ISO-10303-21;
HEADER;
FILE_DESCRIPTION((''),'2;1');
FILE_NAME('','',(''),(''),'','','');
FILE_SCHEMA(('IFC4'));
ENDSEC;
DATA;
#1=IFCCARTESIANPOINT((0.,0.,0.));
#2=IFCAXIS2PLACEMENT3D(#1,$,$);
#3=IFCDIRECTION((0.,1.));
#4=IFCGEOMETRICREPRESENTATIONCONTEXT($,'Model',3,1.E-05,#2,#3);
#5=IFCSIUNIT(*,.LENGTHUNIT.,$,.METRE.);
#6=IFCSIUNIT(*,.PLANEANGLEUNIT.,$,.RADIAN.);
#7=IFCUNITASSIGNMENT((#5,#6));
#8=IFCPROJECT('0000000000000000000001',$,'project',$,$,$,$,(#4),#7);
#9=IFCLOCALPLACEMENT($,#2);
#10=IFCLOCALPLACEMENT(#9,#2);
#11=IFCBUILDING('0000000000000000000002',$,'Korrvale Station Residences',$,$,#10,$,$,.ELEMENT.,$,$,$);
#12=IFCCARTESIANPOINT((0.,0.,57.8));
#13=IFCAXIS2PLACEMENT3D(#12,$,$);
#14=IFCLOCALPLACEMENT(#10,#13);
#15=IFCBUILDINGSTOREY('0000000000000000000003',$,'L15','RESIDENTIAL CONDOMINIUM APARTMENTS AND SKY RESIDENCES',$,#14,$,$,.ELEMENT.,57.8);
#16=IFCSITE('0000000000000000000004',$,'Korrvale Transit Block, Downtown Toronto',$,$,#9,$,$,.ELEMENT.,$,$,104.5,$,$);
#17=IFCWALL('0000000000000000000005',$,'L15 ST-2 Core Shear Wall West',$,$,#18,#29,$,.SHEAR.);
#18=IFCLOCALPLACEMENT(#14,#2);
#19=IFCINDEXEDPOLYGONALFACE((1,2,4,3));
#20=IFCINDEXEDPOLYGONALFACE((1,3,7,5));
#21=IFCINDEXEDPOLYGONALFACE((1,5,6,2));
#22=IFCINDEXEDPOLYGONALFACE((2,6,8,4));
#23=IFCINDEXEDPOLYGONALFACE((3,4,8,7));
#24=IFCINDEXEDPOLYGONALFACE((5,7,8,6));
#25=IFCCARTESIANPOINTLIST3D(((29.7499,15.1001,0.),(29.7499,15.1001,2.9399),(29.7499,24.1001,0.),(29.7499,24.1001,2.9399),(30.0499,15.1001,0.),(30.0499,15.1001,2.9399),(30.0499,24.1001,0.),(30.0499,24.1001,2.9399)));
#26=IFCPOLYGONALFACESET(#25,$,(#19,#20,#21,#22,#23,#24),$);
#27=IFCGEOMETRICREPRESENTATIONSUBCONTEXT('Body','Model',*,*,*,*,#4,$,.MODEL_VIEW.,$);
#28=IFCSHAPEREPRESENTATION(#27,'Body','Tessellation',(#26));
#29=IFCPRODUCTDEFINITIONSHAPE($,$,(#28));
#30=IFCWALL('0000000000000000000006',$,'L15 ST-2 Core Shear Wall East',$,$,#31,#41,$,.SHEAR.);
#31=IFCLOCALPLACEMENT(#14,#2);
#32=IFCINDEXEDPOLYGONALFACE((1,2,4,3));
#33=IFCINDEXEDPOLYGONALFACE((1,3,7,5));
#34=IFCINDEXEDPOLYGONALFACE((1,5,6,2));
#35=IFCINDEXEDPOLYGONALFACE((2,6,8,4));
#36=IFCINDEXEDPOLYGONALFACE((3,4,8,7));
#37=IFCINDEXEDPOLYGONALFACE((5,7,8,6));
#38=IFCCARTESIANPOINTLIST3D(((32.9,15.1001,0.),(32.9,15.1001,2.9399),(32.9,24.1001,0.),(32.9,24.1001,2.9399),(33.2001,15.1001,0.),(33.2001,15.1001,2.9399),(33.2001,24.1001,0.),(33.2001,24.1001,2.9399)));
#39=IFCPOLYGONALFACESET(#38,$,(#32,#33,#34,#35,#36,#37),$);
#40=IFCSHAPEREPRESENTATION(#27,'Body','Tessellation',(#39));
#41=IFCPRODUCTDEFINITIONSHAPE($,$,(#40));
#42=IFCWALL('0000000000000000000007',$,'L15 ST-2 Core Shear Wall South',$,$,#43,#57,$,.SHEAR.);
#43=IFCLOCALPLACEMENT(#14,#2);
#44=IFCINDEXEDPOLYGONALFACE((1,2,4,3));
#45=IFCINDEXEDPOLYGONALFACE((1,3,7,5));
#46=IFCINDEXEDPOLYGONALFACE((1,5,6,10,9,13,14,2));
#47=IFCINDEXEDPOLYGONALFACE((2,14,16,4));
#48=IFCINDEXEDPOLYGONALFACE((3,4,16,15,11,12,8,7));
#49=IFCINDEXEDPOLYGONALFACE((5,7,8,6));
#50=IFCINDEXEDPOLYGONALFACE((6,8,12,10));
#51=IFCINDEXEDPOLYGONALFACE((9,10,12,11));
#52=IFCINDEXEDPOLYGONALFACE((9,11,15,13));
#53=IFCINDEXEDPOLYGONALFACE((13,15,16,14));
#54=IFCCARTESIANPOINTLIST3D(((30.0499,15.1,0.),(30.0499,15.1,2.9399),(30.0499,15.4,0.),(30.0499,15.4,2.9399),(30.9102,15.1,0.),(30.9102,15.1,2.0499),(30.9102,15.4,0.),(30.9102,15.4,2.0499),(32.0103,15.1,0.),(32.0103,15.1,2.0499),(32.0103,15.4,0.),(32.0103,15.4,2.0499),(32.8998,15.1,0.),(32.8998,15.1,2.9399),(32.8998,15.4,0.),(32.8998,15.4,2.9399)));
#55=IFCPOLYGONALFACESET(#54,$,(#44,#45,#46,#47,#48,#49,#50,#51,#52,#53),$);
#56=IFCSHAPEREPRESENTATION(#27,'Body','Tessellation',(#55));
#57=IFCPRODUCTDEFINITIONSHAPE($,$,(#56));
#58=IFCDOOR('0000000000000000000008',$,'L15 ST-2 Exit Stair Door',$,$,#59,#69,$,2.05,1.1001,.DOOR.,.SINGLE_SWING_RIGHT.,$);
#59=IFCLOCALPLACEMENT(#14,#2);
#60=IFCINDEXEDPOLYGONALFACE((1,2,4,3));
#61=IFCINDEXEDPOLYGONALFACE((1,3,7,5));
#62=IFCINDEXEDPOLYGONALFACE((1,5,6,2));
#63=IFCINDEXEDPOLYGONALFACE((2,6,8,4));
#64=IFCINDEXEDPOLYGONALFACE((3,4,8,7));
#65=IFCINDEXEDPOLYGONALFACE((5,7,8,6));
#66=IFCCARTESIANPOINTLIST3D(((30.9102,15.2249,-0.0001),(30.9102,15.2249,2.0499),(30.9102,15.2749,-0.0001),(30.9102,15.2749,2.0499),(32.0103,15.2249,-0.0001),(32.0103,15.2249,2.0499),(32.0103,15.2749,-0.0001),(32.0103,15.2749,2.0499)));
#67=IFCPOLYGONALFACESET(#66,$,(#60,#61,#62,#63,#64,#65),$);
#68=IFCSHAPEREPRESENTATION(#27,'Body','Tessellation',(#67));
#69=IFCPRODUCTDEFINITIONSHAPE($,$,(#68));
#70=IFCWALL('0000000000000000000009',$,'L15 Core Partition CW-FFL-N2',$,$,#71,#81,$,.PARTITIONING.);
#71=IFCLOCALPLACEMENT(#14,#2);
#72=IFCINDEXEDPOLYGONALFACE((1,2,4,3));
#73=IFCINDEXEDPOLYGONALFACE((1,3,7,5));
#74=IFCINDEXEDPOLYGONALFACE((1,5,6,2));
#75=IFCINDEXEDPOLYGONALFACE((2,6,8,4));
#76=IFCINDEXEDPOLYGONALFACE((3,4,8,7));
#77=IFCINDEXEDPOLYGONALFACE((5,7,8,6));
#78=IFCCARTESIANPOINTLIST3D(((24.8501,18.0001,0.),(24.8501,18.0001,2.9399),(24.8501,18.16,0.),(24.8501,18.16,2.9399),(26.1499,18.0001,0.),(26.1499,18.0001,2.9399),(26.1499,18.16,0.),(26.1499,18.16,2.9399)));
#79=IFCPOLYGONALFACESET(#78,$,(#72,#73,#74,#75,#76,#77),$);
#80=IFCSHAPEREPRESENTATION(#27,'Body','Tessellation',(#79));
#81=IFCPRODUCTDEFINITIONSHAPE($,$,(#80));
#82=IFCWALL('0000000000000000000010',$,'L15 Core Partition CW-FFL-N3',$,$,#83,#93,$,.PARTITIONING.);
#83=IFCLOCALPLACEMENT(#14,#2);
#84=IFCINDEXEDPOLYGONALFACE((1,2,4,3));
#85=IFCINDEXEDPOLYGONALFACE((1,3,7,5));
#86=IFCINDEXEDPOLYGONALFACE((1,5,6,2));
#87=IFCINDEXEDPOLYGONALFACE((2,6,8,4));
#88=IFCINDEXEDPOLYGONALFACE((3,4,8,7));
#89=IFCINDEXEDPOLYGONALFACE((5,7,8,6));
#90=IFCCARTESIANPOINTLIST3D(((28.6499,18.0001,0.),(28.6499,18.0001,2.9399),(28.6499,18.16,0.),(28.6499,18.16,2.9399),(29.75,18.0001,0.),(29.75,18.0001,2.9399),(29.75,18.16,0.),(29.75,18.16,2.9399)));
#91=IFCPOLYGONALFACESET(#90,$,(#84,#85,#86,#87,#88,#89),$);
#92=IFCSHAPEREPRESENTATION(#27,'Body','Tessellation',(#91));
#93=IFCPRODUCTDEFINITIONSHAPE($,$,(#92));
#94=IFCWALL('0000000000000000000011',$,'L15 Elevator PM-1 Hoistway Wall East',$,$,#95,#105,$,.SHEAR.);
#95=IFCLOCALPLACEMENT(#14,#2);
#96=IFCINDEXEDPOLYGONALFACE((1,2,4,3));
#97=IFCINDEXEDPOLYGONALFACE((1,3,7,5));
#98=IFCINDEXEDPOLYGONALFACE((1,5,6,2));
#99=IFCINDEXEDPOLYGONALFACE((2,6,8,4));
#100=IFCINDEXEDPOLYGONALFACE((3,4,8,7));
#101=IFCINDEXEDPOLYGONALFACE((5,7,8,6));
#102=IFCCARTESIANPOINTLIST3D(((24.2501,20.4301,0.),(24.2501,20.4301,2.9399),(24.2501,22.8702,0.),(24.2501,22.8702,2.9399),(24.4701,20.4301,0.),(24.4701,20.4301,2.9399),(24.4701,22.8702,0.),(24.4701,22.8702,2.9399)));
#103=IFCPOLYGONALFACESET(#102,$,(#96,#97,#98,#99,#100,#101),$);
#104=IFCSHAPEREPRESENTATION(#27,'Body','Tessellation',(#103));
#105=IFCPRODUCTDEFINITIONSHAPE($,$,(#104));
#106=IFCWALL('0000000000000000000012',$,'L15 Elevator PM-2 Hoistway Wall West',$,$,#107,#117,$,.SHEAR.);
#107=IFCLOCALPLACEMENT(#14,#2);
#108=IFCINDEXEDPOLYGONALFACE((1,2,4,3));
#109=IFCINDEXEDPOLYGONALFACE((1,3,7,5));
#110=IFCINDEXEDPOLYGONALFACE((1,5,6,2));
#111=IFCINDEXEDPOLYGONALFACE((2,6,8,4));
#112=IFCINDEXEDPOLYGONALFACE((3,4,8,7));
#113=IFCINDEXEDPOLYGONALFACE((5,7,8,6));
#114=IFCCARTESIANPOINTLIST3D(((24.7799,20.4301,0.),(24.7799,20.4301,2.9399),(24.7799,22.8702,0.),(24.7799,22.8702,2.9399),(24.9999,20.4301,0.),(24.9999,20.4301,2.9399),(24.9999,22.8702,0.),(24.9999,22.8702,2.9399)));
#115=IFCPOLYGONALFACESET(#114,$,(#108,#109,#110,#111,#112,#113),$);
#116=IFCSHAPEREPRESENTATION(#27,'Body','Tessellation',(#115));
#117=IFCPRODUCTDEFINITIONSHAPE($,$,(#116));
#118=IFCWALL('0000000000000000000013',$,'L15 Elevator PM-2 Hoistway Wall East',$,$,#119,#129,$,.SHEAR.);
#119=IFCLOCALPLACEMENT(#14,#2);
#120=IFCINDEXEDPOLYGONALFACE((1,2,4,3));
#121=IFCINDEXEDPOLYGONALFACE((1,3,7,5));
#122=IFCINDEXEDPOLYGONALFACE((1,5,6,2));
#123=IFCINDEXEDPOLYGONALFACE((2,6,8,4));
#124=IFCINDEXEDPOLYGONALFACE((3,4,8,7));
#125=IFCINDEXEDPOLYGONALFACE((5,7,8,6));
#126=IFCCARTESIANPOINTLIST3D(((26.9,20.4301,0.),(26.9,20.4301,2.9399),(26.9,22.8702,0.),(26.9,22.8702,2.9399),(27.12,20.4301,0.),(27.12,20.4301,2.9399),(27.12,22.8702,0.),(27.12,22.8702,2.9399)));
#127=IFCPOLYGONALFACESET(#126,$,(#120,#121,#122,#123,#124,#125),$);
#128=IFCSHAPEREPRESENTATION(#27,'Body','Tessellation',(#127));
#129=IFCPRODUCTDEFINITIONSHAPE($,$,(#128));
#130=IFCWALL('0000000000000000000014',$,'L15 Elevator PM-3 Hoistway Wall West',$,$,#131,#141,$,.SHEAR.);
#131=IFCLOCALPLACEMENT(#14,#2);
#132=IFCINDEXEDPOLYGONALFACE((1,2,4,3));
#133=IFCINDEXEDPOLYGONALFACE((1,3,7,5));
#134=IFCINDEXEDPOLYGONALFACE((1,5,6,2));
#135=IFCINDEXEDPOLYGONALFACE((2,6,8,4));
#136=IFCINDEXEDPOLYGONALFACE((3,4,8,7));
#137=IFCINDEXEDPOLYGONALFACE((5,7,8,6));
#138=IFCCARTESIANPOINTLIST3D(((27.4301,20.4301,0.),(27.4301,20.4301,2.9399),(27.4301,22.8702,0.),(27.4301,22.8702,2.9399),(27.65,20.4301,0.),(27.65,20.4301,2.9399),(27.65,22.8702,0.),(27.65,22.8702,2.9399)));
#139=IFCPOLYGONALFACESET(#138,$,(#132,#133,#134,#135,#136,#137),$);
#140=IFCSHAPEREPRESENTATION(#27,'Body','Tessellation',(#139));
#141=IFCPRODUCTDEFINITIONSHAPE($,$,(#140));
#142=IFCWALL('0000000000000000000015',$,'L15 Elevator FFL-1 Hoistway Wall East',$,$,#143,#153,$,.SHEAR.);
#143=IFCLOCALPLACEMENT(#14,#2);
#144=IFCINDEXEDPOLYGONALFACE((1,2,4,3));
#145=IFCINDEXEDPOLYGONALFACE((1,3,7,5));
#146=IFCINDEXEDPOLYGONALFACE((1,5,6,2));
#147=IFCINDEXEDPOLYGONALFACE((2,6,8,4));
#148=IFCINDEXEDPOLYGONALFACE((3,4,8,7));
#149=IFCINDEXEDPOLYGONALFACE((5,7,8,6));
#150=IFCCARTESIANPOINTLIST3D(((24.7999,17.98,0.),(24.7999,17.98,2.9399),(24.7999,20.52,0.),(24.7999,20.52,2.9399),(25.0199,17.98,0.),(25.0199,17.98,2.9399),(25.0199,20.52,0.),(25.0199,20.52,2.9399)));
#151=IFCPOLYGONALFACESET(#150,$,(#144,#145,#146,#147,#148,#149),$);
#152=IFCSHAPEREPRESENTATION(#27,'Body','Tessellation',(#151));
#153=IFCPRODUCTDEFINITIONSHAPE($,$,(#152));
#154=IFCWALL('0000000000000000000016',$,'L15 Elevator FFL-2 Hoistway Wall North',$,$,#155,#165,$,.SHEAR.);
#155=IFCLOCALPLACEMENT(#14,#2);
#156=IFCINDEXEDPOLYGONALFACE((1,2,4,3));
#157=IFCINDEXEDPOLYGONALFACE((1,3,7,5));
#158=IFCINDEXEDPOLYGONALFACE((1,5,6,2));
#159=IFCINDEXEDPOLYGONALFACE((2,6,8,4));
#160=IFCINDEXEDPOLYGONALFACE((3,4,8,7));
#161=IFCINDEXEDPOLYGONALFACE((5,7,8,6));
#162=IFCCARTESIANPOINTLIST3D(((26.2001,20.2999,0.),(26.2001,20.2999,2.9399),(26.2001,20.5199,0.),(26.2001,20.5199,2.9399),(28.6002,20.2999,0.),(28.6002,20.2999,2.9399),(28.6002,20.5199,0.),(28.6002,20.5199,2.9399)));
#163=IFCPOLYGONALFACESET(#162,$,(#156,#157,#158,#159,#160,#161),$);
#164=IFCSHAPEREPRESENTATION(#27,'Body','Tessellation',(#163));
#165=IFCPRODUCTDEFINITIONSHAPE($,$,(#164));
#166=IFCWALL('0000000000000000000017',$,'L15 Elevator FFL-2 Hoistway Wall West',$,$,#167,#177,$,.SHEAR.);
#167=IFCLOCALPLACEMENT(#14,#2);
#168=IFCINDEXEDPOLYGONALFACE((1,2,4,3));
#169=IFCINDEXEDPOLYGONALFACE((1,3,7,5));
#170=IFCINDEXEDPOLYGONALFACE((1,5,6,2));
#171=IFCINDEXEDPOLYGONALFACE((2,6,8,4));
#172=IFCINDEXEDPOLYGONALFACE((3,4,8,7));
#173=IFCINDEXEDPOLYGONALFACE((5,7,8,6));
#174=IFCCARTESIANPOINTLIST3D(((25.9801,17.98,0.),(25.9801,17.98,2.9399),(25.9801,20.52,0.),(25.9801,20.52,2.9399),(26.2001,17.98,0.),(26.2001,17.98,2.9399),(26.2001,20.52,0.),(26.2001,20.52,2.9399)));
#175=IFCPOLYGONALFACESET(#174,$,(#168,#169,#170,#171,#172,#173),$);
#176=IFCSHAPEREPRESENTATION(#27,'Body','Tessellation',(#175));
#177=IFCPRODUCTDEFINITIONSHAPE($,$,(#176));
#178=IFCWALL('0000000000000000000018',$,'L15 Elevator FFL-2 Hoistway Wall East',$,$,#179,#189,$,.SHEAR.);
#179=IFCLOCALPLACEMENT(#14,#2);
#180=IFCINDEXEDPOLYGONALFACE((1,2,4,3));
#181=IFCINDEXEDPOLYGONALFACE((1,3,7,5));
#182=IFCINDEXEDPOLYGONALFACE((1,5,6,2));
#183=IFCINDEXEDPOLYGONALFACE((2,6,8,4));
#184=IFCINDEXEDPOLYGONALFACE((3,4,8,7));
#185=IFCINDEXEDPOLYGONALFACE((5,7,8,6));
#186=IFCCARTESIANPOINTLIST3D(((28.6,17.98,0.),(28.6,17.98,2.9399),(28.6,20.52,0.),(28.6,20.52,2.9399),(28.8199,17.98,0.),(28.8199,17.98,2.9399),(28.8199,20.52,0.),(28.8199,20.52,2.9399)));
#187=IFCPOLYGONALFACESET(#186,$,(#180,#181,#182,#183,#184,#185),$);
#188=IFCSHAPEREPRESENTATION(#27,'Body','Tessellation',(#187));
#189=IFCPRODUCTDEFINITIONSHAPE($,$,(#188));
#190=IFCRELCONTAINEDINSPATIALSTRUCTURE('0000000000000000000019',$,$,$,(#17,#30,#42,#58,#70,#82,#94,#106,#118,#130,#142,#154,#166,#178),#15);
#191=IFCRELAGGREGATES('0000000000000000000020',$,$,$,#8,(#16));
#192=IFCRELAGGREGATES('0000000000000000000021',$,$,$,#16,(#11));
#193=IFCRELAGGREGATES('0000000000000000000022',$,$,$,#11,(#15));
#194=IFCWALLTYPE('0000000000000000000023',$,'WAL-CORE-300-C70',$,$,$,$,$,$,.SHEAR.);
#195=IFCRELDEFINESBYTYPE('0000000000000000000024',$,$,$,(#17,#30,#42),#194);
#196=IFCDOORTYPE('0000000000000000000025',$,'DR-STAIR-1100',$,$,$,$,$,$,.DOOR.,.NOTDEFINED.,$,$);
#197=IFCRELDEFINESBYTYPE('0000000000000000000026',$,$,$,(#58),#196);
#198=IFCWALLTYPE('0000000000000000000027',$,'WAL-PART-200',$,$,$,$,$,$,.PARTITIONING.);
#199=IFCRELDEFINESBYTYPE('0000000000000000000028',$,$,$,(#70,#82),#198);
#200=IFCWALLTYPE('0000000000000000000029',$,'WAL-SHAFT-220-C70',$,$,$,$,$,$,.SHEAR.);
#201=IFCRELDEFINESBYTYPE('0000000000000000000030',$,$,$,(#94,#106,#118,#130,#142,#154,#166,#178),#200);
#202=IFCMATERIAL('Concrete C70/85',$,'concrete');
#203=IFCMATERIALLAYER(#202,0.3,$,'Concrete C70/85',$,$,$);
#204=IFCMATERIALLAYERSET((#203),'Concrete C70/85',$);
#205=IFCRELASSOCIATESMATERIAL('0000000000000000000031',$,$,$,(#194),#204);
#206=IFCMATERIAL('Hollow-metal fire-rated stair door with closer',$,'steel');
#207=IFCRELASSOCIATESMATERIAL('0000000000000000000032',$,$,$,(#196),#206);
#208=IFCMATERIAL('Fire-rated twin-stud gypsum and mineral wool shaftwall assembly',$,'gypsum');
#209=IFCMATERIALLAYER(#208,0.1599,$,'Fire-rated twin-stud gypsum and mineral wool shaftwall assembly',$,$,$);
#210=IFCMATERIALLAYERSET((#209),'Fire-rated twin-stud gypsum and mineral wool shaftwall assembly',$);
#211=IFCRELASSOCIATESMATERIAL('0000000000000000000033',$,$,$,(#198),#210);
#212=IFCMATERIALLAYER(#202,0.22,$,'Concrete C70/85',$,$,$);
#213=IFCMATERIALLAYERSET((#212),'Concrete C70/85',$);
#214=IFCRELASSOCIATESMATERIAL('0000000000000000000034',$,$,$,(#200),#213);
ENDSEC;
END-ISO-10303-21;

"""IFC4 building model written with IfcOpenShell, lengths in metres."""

from ifc_helpers import new_model, si_unit, direction, frame, frame_2d, origin, place, context, subcontext, project, spatial, rectangle, extrude, material, layer, layer_set, type_object, element, fill, save


model = new_model("IFC4")

# Units and contexts
model_context = context("Model", 3, precision=1e-05, world=origin(), true_north=direction((0.0, 1.0)))
body_context = subcontext(model_context, "Body", "Model", "MODEL_VIEW")
ifc_project = project(units=[si_unit("LENGTHUNIT", "METRE"), si_unit("PLANEANGLEUNIT", "RADIAN")], contexts=[model_context])

# Site, building, storey
site_placement = place(None, origin())
site = spatial("IfcSite", under=ifc_project, at=site_placement, Name="Korrvale Transit Block, Downtown Toronto", CompositionType="ELEMENT", RefElevation=104.5)
building_placement = place(site_placement, origin())
building = spatial("IfcBuilding", under=site, at=building_placement, Name="Korrvale Station Residences", CompositionType="ELEMENT")
storey_placement = place(building_placement, frame((0.0, 0.0, 57.8)))
storey = spatial("IfcBuildingStorey", under=building, at=storey_placement, Name="L15", Description="RESIDENTIAL CONDOMINIUM APARTMENTS AND SKY RESIDENCES", CompositionType="ELEMENT", Elevation=57.8)

# Walls
ifc_material_1 = material(Name="Concrete C70/85", Category="concrete")
ifc_layer_1 = layer(ifc_material_1, 0.3, Name="Concrete C70/85")
ifc_layer_set_1 = layer_set([ifc_layer_1], Name="Concrete C70/85")
wall_type_1 = type_object("IfcWallType", Name="WAL-CORE-300-C70", PredefinedType="SHEAR", material=ifc_layer_set_1)
for number, where, z_axis, x_axis, name in (
    (1, (29.8999, 15.1001, 0.0), (0.0, 0.0, 1.0), (0.0, 1.0, 0.0), "L15 ST-2 Core Shear Wall West"),
    (2, (33.05, 15.1001, 0.0), (0.0, 0.0, 1.0), (0.0, 1.0, 0.0), "L15 ST-2 Core Shear Wall East"),
):
    element("IfcWall", number, at=place(storey_placement, frame(where, z_axis=z_axis, x_axis=x_axis)), inside=storey, type_object=wall_type_1, Name=name, PredefinedType="SHEAR", context=body_context, shape_type="SweptSolid", body=[
        extrude(rectangle(XDim=9.0, YDim=0.3, at=frame_2d((4.5, 0.0))), origin(), (0.0, 0.0, 1.0), 2.9399),
    ])

# Wall, opening, door
wall_1_placement = place(storey_placement, frame((30.05, 15.25, 0.0), z_axis=(0.0, 0.0, 1.0), x_axis=(1.0, 0.0, 0.0)))
wall_1 = element("IfcWall", 3, at=wall_1_placement, inside=storey, type_object=wall_type_1, Name="L15 ST-2 Core Shear Wall South", PredefinedType="SHEAR", context=body_context, shape_type="SweptSolid", body=[
    extrude(rectangle(XDim=2.8499, YDim=0.3, at=frame_2d((1.4248, 0.0))), origin(), (0.0, 0.0, 1.0), 2.9399),
])
opening_1_placement = place(wall_1_placement, frame((0.8601, 0.0, 0.0)))
opening_1 = element("IfcOpeningElement", 4, at=opening_1_placement, cuts=wall_1, PredefinedType="OPENING", context=body_context, shape_type="SweptSolid", body=[
    extrude(rectangle(XDim=1.1001, YDim=2.05, at=frame_2d((0.55, 1.0249))), frame((0.0, 0.1602, 0.0), z_axis=(0.0, -1.0, 0.0), x_axis=(1.0, 0.0, 0.0)), (0.0, 0.0, 1.0), 0.3201),
])
ifc_material_2 = material(Name="Hollow-metal fire-rated stair door with closer", Category="steel")
door_type_1 = type_object("IfcDoorType", Name="DR-STAIR-1100", OperationType="NOTDEFINED", PredefinedType="DOOR", material=ifc_material_2)
door_1_placement = place(opening_1_placement, origin())
door_1 = element("IfcDoor", 5, at=door_1_placement, inside=storey, type_object=door_type_1, Name="L15 ST-2 Exit Stair Door", OperationType="SINGLE_SWING_RIGHT", OverallHeight=2.05, OverallWidth=1.1001, PredefinedType="DOOR", context=body_context, shape_type="SweptSolid", body=[
    extrude(rectangle(XDim=1.1001, YDim=2.05, at=frame_2d((0.55, 1.0249))), frame((0.0, 0.0249, 0.0), z_axis=(0.0, -1.0, 0.0), x_axis=(1.0, 0.0, 0.0)), (0.0, 0.0, 1.0), 0.05),
])
fill(opening_1, door_1)

# Walls
ifc_material_3 = material(Name="Fire-rated twin-stud gypsum and mineral wool shaftwall assembly", Category="gypsum")
ifc_layer_2 = layer(ifc_material_3, 0.1599, Name="Fire-rated twin-stud gypsum and mineral wool shaftwall assembly")
ifc_layer_set_2 = layer_set([ifc_layer_2], Name="Fire-rated twin-stud gypsum and mineral wool shaftwall assembly")
wall_type_2 = type_object("IfcWallType", Name="WAL-PART-200", PredefinedType="PARTITIONING", material=ifc_layer_set_2)
wall_2_placement = place(storey_placement, frame((24.8501, 18.0801, 0.0), z_axis=(0.0, 0.0, 1.0), x_axis=(1.0, 0.0, 0.0)))
element("IfcWall", 6, at=wall_2_placement, inside=storey, type_object=wall_type_2, Name="L15 Core Partition CW-FFL-N2", PredefinedType="PARTITIONING", context=body_context, shape_type="SweptSolid", body=[
    extrude(rectangle(XDim=1.2998, YDim=0.1599, at=frame_2d((0.6499, 0.0))), origin(), (0.0, 0.0, 1.0), 2.9399),
])
wall_3_placement = place(storey_placement, frame((28.6499, 18.0801, 0.0), z_axis=(0.0, 0.0, 1.0), x_axis=(1.0, 0.0, 0.0)))
element("IfcWall", 7, at=wall_3_placement, inside=storey, type_object=wall_type_2, Name="L15 Core Partition CW-FFL-N3", PredefinedType="PARTITIONING", context=body_context, shape_type="SweptSolid", body=[
    extrude(rectangle(XDim=1.1001, YDim=0.1599, at=frame_2d((0.55, 0.0))), origin(), (0.0, 0.0, 1.0), 2.9399),
])
ifc_layer_3 = layer(ifc_material_1, 0.22, Name="Concrete C70/85")
ifc_layer_set_3 = layer_set([ifc_layer_3], Name="Concrete C70/85")
wall_type_3 = type_object("IfcWallType", Name="WAL-SHAFT-220-C70", PredefinedType="SHEAR", material=ifc_layer_set_3)
for number, where, z_axis, x_axis, name in (
    (8, (24.3601, 20.4299, 0.0), (0.0, 0.0, 1.0), (0.0, 1.0, 0.0), "L15 Elevator PM-1 Hoistway Wall East"),
    (9, (24.8899, 20.4299, 0.0), (0.0, 0.0, 1.0), (0.0, 1.0, 0.0), "L15 Elevator PM-2 Hoistway Wall West"),
    (10, (27.01, 20.4299, 0.0), (0.0, 0.0, 1.0), (0.0, 1.0, 0.0), "L15 Elevator PM-2 Hoistway Wall East"),
    (11, (27.54, 20.4299, 0.0), (0.0, 0.0, 1.0), (0.0, 1.0, 0.0), "L15 Elevator PM-3 Hoistway Wall West"),
):
    element("IfcWall", number, at=place(storey_placement, frame(where, z_axis=z_axis, x_axis=x_axis)), inside=storey, type_object=wall_type_3, Name=name, PredefinedType="SHEAR", context=body_context, shape_type="SweptSolid", body=[
        extrude(rectangle(XDim=2.4402, YDim=0.22, at=frame_2d((1.2202, 0.0))), origin(), (0.0, 0.0, 1.0), 2.9399),
    ])
wall_4_placement = place(storey_placement, frame((24.9099, 17.98, 0.0), z_axis=(0.0, 0.0, 1.0), x_axis=(0.0, 1.0, 0.0)))
element("IfcWall", 12, at=wall_4_placement, inside=storey, type_object=wall_type_3, Name="L15 Elevator FFL-1 Hoistway Wall East", PredefinedType="SHEAR", context=body_context, shape_type="SweptSolid", body=[
    extrude(rectangle(XDim=2.54, YDim=0.22, at=frame_2d((1.27, 0.0))), origin(), (0.0, 0.0, 1.0), 2.9399),
])

# Walls
wall_5_placement = place(storey_placement, frame((26.2, 20.4099, 0.0), z_axis=(0.0, 0.0, 1.0), x_axis=(1.0, 0.0, 0.0)))
element("IfcWall", 13, at=wall_5_placement, inside=storey, type_object=wall_type_3, Name="L15 Elevator FFL-2 Hoistway Wall North", PredefinedType="SHEAR", context=body_context, shape_type="SweptSolid", body=[
    extrude(rectangle(XDim=2.4001, YDim=0.22, at=frame_2d((1.2002, 0.0))), origin(), (0.0, 0.0, 1.0), 2.9399),
])
for number, where, z_axis, x_axis, name in (
    (14, (26.0901, 17.98, 0.0), (0.0, 0.0, 1.0), (0.0, 1.0, 0.0), "L15 Elevator FFL-2 Hoistway Wall West"),
    (15, (28.71, 17.98, 0.0), (0.0, 0.0, 1.0), (0.0, 1.0, 0.0), "L15 Elevator FFL-2 Hoistway Wall East"),
):
    element("IfcWall", number, at=place(storey_placement, frame(where, z_axis=z_axis, x_axis=x_axis)), inside=storey, type_object=wall_type_3, Name=name, PredefinedType="SHEAR", context=body_context, shape_type="SweptSolid", body=[
        extrude(rectangle(XDim=2.54, YDim=0.22, at=frame_2d((1.27, 0.0))), origin(), (0.0, 0.0, 1.0), 2.9399),
    ])

save(model, "model.ifc")
